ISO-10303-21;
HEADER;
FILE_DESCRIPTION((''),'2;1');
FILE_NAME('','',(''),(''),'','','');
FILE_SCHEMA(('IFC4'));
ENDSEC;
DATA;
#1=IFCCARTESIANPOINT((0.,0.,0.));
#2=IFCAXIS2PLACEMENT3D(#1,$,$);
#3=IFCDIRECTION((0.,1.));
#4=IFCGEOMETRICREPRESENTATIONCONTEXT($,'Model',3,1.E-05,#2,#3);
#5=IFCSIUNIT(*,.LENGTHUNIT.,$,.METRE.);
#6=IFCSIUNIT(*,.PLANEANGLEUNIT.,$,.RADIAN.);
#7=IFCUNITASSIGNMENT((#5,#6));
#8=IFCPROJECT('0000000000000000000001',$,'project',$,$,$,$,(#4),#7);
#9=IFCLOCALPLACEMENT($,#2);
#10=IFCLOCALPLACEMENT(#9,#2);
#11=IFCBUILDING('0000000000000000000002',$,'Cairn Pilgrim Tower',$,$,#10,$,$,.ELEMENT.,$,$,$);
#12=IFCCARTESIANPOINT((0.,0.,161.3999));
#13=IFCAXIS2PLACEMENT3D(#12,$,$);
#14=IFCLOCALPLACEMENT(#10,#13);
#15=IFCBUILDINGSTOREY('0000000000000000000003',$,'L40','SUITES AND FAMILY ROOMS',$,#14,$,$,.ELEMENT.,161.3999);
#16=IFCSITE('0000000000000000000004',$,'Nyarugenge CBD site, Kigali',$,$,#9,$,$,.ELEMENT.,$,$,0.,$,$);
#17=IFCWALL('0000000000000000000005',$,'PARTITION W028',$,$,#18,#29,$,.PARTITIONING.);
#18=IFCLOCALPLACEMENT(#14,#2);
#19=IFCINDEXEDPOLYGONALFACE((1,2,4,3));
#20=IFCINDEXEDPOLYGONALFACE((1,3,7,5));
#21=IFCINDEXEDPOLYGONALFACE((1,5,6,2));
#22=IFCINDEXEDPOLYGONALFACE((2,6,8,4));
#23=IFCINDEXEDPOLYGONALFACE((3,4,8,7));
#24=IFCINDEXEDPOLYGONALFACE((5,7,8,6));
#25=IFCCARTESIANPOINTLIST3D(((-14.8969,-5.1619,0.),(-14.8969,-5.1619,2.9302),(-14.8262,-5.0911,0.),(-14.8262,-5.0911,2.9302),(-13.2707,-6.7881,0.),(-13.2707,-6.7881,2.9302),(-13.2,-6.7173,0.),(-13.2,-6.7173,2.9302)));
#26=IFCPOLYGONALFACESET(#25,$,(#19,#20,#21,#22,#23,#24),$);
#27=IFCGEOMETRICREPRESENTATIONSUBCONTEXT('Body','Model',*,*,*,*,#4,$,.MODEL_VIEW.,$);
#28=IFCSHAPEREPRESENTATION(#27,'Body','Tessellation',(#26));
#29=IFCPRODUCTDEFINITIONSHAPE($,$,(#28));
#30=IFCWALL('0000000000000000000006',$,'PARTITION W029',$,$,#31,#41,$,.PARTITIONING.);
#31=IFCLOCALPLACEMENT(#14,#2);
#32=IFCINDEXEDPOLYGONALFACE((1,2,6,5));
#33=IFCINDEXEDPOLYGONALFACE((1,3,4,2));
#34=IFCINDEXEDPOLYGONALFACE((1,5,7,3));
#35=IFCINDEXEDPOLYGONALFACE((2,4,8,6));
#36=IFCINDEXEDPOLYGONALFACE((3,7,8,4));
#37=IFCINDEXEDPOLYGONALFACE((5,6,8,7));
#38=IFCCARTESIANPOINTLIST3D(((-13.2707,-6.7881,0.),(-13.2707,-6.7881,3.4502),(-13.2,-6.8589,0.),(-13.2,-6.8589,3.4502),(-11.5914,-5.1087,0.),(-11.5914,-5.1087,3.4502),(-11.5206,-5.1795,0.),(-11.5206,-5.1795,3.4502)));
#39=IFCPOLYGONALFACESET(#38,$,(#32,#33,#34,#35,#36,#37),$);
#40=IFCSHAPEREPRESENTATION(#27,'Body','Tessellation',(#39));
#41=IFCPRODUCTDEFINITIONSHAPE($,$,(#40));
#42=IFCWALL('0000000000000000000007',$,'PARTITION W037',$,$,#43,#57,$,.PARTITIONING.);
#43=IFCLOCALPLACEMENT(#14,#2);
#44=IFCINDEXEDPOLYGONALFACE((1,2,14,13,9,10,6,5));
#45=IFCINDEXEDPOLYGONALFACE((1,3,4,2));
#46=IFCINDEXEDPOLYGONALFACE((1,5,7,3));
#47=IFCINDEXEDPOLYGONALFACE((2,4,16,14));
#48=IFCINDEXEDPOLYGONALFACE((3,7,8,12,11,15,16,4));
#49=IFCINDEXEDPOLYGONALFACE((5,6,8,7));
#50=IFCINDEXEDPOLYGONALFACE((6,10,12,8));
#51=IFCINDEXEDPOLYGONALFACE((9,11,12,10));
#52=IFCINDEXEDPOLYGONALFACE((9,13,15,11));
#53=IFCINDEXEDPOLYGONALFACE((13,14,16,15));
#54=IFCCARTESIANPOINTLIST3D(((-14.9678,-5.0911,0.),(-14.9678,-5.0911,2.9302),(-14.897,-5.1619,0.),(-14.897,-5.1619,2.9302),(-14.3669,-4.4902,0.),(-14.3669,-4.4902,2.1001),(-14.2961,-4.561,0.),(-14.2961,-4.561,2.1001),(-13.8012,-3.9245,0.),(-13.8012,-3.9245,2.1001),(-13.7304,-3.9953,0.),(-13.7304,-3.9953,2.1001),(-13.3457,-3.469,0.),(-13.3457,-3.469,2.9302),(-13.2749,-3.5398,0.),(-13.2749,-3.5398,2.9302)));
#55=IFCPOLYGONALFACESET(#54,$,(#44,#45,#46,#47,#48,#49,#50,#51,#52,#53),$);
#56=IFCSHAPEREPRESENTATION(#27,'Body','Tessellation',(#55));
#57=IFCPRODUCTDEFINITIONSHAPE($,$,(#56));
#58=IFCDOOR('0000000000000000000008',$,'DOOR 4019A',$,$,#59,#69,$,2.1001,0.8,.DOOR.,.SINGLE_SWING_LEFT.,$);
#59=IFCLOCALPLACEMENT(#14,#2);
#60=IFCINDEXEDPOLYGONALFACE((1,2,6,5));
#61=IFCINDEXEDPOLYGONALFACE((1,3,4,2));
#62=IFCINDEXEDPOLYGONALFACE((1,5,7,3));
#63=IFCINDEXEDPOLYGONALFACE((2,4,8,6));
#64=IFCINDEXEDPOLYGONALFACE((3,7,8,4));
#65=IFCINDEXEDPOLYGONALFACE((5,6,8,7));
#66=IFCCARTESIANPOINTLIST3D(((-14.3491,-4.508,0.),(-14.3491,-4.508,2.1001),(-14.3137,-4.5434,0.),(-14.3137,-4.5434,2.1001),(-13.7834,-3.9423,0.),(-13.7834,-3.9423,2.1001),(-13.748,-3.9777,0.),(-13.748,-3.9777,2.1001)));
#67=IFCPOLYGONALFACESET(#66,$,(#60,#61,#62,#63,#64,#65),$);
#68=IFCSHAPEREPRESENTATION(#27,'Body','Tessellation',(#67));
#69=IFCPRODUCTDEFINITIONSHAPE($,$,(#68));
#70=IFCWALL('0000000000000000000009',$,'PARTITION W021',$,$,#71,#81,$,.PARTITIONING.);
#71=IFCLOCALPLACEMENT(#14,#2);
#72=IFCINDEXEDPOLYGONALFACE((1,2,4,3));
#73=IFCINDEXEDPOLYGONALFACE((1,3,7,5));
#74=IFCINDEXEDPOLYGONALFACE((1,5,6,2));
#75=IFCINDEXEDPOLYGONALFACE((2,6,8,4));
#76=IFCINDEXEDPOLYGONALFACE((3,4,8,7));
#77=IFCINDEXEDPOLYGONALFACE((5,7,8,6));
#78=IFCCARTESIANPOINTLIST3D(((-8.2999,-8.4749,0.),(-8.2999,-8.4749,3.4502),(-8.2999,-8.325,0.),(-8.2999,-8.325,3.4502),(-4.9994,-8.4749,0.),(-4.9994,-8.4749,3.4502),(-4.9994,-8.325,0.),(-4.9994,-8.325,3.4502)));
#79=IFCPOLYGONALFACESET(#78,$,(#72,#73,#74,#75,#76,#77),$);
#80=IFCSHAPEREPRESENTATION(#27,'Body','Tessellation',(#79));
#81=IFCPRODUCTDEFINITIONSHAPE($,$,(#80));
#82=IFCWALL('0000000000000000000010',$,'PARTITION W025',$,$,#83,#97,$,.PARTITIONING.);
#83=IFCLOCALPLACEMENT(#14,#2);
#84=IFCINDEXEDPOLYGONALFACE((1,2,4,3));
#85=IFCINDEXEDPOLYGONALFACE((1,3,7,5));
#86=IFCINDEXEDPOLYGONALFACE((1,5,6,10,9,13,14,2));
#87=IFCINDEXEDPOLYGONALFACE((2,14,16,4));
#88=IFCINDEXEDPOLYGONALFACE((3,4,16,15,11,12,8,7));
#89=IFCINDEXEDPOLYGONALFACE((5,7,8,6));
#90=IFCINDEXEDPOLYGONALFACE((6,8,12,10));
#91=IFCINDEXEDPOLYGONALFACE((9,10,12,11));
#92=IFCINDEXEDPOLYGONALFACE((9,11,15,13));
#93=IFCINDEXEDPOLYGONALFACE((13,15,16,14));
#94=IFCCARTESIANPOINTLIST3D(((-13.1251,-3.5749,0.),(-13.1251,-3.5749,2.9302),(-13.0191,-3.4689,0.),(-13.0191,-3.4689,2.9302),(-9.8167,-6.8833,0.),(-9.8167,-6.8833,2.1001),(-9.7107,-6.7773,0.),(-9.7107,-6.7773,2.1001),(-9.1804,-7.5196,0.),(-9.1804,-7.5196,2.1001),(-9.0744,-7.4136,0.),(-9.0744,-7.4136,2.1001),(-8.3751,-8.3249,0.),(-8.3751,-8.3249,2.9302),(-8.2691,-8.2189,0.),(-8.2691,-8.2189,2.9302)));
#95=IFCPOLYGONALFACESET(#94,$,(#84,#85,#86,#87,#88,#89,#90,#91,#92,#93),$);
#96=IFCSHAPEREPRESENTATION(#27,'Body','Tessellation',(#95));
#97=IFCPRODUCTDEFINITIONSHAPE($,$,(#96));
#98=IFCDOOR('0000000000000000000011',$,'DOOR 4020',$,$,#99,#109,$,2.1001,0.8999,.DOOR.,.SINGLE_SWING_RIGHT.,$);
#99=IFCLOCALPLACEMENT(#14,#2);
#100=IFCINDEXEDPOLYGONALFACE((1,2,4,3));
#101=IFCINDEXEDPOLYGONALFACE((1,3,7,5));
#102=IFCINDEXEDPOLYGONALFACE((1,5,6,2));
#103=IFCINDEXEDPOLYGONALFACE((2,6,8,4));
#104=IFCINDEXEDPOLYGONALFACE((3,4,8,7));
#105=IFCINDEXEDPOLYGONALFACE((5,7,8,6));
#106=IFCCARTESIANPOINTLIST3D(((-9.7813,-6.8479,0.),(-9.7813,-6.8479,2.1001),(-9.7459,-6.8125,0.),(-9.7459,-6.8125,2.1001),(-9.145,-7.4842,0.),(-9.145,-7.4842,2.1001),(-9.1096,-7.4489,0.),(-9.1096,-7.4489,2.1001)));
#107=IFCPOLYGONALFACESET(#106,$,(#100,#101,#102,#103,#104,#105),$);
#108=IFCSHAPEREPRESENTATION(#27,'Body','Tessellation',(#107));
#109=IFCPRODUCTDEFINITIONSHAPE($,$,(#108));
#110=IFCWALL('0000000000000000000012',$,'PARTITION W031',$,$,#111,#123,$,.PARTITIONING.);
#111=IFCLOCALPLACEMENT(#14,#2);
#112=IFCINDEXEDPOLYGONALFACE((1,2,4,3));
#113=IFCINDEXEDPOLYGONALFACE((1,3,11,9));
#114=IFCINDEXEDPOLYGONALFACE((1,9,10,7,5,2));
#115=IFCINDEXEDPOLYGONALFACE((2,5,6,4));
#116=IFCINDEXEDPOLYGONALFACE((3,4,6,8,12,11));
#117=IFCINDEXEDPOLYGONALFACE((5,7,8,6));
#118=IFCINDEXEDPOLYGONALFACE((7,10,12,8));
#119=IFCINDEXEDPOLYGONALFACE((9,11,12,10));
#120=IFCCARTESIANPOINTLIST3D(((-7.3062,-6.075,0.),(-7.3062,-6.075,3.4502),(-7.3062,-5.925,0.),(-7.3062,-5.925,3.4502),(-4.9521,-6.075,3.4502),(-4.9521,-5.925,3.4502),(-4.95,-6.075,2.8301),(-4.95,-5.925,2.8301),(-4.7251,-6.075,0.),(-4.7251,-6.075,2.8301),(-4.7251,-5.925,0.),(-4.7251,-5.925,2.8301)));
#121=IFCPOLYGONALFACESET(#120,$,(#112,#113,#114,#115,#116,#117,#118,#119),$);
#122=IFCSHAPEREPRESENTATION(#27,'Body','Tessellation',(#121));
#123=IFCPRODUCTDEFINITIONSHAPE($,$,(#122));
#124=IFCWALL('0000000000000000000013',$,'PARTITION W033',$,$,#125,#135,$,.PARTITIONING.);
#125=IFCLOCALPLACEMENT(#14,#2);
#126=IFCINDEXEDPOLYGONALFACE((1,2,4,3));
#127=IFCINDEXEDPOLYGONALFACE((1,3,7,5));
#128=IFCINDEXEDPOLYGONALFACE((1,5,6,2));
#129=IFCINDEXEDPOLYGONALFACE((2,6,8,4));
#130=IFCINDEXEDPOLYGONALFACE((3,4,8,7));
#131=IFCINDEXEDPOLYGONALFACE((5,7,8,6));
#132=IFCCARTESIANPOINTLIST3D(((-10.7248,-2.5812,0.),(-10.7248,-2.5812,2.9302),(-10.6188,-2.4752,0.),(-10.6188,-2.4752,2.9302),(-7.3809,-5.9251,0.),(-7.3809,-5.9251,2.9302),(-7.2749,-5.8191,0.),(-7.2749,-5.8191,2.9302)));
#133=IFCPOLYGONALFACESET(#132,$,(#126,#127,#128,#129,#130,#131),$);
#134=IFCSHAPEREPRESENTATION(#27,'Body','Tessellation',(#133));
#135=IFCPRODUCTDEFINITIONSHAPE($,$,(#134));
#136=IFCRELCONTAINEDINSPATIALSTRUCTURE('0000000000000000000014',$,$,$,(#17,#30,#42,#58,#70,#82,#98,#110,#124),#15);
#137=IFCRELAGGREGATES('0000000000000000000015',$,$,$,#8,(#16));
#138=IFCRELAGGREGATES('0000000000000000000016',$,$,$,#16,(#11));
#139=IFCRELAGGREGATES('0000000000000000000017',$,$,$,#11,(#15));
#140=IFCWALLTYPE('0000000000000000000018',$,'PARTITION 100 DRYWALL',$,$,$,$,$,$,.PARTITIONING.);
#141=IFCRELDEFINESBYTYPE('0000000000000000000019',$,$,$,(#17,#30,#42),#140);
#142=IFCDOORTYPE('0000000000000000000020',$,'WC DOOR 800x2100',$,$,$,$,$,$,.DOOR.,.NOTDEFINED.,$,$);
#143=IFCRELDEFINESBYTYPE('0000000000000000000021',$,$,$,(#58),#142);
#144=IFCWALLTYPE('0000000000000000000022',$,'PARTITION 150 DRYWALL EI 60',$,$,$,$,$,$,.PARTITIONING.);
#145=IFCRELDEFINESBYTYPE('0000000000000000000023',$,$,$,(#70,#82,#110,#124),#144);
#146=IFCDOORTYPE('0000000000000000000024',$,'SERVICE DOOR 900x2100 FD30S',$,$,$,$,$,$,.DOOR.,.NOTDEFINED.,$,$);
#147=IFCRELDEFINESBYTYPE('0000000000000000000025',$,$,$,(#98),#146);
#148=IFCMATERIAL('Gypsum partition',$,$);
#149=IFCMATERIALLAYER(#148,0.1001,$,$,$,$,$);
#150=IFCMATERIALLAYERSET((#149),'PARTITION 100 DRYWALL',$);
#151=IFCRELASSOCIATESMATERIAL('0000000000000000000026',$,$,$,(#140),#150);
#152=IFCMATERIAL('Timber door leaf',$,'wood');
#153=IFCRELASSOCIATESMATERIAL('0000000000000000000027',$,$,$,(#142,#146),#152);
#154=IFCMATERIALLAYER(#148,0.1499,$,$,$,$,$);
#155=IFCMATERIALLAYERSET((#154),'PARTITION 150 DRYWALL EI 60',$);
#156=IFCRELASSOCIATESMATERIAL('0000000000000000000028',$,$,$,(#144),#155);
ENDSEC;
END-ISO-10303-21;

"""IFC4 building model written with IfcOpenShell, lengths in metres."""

from ifc_helpers import new_model, si_unit, direction, frame, frame_2d, origin, place, context, subcontext, project, spatial, polyline, rectangle, outline, extrude, material, layer, layer_set, type_object, element, fill, save


model = new_model("IFC4")

# Units and contexts
model_context = context("Model", 3, precision=1e-05, world=origin(), true_north=direction((0.0, 1.0)))
body_context = subcontext(model_context, "Body", "Model", "MODEL_VIEW")
ifc_project = project(units=[si_unit("LENGTHUNIT", "METRE"), si_unit("PLANEANGLEUNIT", "RADIAN")], contexts=[model_context])

# Site, building, storey
site_placement = place(None, origin())
site = spatial("IfcSite", under=ifc_project, at=site_placement, Name="Nyarugenge CBD site, Kigali", CompositionType="ELEMENT", RefElevation=0.0)
building_placement = place(site_placement, origin())
building = spatial("IfcBuilding", under=site, at=building_placement, Name="Cairn Pilgrim Tower", CompositionType="ELEMENT")
storey_placement = place(building_placement, frame((0.0, 0.0, 161.3999)))
storey = spatial("IfcBuildingStorey", under=building, at=storey_placement, Name="L40", Description="SUITES AND FAMILY ROOMS", CompositionType="ELEMENT", Elevation=161.3999)

# Walls
ifc_material_1 = material(Name="Gypsum partition")
ifc_layer_1 = layer(ifc_material_1, 0.1001)
ifc_layer_set_1 = layer_set([ifc_layer_1], Name="PARTITION 100 DRYWALL")
wall_type_1 = type_object("IfcWallType", Name="PARTITION 100 DRYWALL", PredefinedType="PARTITIONING", material=ifc_layer_set_1)
wall_1_placement = place(storey_placement, frame((-13.2354, -6.7527, 0.0), z_axis=(0.0, 0.0, 1.0), x_axis=(-0.707107, 0.707107, 0.0)))
element("IfcWall", 1, at=wall_1_placement, inside=storey, type_object=wall_type_1, Name="PARTITION W028", PredefinedType="PARTITIONING", context=body_context, shape_type="SweptSolid", body=[
    extrude(rectangle(XDim=2.2998, YDim=0.1001, at=frame_2d((1.1499, 0.0))), origin(), (0.0, 0.0, 1.0), 2.9302),
])
wall_2_placement = place(storey_placement, frame((-13.2354, -6.8235, 0.0), z_axis=(0.0, 0.0, 1.0), x_axis=(0.707107, 0.707107, 0.0)))
element("IfcWall", 2, at=wall_2_placement, inside=storey, type_object=wall_type_1, Name="PARTITION W029", PredefinedType="PARTITIONING", context=body_context, shape_type="SweptSolid", body=[
    extrude(rectangle(XDim=2.375, YDim=0.1001, at=frame_2d((1.1875, 0.0))), origin(), (0.0, 0.0, 1.0), 3.4502),
])

# Wall, opening, door
wall_3_placement = place(storey_placement, frame((-14.9324, -5.1265, 0.0), z_axis=(0.0, 0.0, 1.0), x_axis=(0.707107, 0.707107, 0.0)))
wall_3 = element("IfcWall", 3, at=wall_3_placement, inside=storey, type_object=wall_type_1, Name="PARTITION W037", PredefinedType="PARTITIONING", context=body_context, shape_type="SweptSolid", body=[
    extrude(rectangle(XDim=2.2939, YDim=0.1001, at=frame_2d((1.147, 0.0))), origin(), (0.0, 0.0, 1.0), 2.9302),
])
opening_1_placement = place(wall_3_placement, frame((0.8499, 0.0, 0.0)))
opening_1 = element("IfcOpeningElement", 4, at=opening_1_placement, cuts=wall_3, PredefinedType="OPENING", context=body_context, shape_type="SweptSolid", body=[
    extrude(rectangle(XDim=0.8, YDim=2.1001, at=frame_2d((0.3999, 1.05))), frame((0.0, 0.0601, 0.0), z_axis=(0.0, -1.0, 0.0), x_axis=(1.0, 0.0, 0.0)), (0.0, 0.0, 1.0), 0.1201),
])
ifc_material_2 = material(Name="Timber door leaf", Category="wood")
door_type_1 = type_object("IfcDoorType", Name="WC DOOR 800x2100", OperationType="NOTDEFINED", PredefinedType="DOOR", material=ifc_material_2)
door_1_placement = place(opening_1_placement, origin())
door_1 = element("IfcDoor", 5, at=door_1_placement, inside=storey, type_object=door_type_1, Name="DOOR 4019A", OperationType="SINGLE_SWING_LEFT", OverallHeight=2.1001, OverallWidth=0.8, PredefinedType="DOOR", context=body_context, shape_type="SweptSolid", body=[
    extrude(rectangle(XDim=0.8, YDim=2.1001, at=frame_2d((0.3999, 1.05))), frame((0.0, 0.0249, 0.0), z_axis=(0.0, -1.0, 0.0), x_axis=(1.0, 0.0, 0.0)), (0.0, 0.0, 1.0), 0.05),
])
fill(opening_1, door_1)

# Wall
ifc_layer_2 = layer(ifc_material_1, 0.1499)
ifc_layer_set_2 = layer_set([ifc_layer_2], Name="PARTITION 150 DRYWALL EI 60")
wall_type_2 = type_object("IfcWallType", Name="PARTITION 150 DRYWALL EI 60", PredefinedType="PARTITIONING", material=ifc_layer_set_2)
wall_4_placement = place(storey_placement, frame((-8.3, -8.3999, 0.0), z_axis=(0.0, 0.0, 1.0), x_axis=(1.0, 0.0, 0.0)))
element("IfcWall", 6, at=wall_4_placement, inside=storey, type_object=wall_type_2, Name="PARTITION W021", PredefinedType="PARTITIONING", context=body_context, shape_type="SweptSolid", body=[
    extrude(rectangle(XDim=3.3005, YDim=0.1499, at=frame_2d((1.6504, 0.0))), origin(), (0.0, 0.0, 1.0), 3.4502),
])

# Wall, opening, door
wall_5_placement = place(storey_placement, frame((-8.322, -8.272, 0.0), z_axis=(0.0, 0.0, 1.0), x_axis=(-0.707107, 0.707107, 0.0)))
wall_5 = element("IfcWall", 7, at=wall_5_placement, inside=storey, type_object=wall_type_2, Name="PARTITION W025", PredefinedType="PARTITIONING", context=body_context, shape_type="SweptSolid", body=[
    extrude(rectangle(XDim=6.7175, YDim=0.1499, at=frame_2d((3.3589, 0.0))), origin(), (0.0, 0.0, 1.0), 2.9302),
])
opening_2_placement = place(wall_5_placement, frame((1.1389, 0.0, 0.0)))
opening_2 = element("IfcOpeningElement", 8, at=opening_2_placement, cuts=wall_5, PredefinedType="OPENING", context=body_context, shape_type="SweptSolid", body=[
    extrude(rectangle(XDim=0.8999, YDim=2.1001, at=frame_2d((0.45, 1.05))), frame((0.0, 0.085, 0.0), z_axis=(0.0, -1.0, 0.0), x_axis=(1.0, 0.0, 0.0)), (0.0, 0.0, 1.0), 0.1699),
])
door_type_2 = type_object("IfcDoorType", Name="SERVICE DOOR 900x2100 FD30S", OperationType="NOTDEFINED", PredefinedType="DOOR", material=ifc_material_2)
door_2_placement = place(opening_2_placement, origin())
door_2 = element("IfcDoor", 9, at=door_2_placement, inside=storey, type_object=door_type_2, Name="DOOR 4020", OperationType="SINGLE_SWING_RIGHT", OverallHeight=2.1001, OverallWidth=0.8999, PredefinedType="DOOR", context=body_context, shape_type="SweptSolid", body=[
    extrude(rectangle(XDim=0.8999, YDim=2.1001, at=frame_2d((0.45, 1.05))), frame((0.0, 0.0249, 0.0), z_axis=(0.0, -1.0, 0.0), x_axis=(1.0, 0.0, 0.0)), (0.0, 0.0, 1.0), 0.05),
])
fill(opening_2, door_2)

# Walls
wall_6_placement = place(storey_placement, frame((-7.3062, -6.0, 0.0), z_axis=(0.0, 0.0, 1.0), x_axis=(1.0, 0.0, 0.0)))
element("IfcWall", 10, at=wall_6_placement, inside=storey, type_object=wall_type_2, Name="PARTITION W031", PredefinedType="PARTITIONING", context=body_context, shape_type="SweptSolid", body=[
    extrude(outline(polyline([(0.0, 0.0), (2.5811, 0.0), (2.5811, 2.8301), (2.3562, 2.8301), (2.354, 3.4502), (0.0, 3.4502), (0.0, 0.0)])), frame((0.0, 0.075, 0.0), z_axis=(0.0, -1.0, 0.0), x_axis=(1.0, 0.0, 0.0)), (0.0, 0.0, 1.0), 0.1499),
])
wall_7_placement = place(storey_placement, frame((-7.3279, -5.8721, 0.0), z_axis=(0.0, 0.0, 1.0), x_axis=(-0.707107, 0.707107, 0.0)))
element("IfcWall", 11, at=wall_7_placement, inside=storey, type_object=wall_type_2, Name="PARTITION W033", PredefinedType="PARTITIONING", context=body_context, shape_type="SweptSolid", body=[
    extrude(rectangle(XDim=4.729, YDim=0.1499, at=frame_2d((2.3645, 0.0))), origin(), (0.0, 0.0, 1.0), 2.9302),
])

save(model, "model.ifc")
